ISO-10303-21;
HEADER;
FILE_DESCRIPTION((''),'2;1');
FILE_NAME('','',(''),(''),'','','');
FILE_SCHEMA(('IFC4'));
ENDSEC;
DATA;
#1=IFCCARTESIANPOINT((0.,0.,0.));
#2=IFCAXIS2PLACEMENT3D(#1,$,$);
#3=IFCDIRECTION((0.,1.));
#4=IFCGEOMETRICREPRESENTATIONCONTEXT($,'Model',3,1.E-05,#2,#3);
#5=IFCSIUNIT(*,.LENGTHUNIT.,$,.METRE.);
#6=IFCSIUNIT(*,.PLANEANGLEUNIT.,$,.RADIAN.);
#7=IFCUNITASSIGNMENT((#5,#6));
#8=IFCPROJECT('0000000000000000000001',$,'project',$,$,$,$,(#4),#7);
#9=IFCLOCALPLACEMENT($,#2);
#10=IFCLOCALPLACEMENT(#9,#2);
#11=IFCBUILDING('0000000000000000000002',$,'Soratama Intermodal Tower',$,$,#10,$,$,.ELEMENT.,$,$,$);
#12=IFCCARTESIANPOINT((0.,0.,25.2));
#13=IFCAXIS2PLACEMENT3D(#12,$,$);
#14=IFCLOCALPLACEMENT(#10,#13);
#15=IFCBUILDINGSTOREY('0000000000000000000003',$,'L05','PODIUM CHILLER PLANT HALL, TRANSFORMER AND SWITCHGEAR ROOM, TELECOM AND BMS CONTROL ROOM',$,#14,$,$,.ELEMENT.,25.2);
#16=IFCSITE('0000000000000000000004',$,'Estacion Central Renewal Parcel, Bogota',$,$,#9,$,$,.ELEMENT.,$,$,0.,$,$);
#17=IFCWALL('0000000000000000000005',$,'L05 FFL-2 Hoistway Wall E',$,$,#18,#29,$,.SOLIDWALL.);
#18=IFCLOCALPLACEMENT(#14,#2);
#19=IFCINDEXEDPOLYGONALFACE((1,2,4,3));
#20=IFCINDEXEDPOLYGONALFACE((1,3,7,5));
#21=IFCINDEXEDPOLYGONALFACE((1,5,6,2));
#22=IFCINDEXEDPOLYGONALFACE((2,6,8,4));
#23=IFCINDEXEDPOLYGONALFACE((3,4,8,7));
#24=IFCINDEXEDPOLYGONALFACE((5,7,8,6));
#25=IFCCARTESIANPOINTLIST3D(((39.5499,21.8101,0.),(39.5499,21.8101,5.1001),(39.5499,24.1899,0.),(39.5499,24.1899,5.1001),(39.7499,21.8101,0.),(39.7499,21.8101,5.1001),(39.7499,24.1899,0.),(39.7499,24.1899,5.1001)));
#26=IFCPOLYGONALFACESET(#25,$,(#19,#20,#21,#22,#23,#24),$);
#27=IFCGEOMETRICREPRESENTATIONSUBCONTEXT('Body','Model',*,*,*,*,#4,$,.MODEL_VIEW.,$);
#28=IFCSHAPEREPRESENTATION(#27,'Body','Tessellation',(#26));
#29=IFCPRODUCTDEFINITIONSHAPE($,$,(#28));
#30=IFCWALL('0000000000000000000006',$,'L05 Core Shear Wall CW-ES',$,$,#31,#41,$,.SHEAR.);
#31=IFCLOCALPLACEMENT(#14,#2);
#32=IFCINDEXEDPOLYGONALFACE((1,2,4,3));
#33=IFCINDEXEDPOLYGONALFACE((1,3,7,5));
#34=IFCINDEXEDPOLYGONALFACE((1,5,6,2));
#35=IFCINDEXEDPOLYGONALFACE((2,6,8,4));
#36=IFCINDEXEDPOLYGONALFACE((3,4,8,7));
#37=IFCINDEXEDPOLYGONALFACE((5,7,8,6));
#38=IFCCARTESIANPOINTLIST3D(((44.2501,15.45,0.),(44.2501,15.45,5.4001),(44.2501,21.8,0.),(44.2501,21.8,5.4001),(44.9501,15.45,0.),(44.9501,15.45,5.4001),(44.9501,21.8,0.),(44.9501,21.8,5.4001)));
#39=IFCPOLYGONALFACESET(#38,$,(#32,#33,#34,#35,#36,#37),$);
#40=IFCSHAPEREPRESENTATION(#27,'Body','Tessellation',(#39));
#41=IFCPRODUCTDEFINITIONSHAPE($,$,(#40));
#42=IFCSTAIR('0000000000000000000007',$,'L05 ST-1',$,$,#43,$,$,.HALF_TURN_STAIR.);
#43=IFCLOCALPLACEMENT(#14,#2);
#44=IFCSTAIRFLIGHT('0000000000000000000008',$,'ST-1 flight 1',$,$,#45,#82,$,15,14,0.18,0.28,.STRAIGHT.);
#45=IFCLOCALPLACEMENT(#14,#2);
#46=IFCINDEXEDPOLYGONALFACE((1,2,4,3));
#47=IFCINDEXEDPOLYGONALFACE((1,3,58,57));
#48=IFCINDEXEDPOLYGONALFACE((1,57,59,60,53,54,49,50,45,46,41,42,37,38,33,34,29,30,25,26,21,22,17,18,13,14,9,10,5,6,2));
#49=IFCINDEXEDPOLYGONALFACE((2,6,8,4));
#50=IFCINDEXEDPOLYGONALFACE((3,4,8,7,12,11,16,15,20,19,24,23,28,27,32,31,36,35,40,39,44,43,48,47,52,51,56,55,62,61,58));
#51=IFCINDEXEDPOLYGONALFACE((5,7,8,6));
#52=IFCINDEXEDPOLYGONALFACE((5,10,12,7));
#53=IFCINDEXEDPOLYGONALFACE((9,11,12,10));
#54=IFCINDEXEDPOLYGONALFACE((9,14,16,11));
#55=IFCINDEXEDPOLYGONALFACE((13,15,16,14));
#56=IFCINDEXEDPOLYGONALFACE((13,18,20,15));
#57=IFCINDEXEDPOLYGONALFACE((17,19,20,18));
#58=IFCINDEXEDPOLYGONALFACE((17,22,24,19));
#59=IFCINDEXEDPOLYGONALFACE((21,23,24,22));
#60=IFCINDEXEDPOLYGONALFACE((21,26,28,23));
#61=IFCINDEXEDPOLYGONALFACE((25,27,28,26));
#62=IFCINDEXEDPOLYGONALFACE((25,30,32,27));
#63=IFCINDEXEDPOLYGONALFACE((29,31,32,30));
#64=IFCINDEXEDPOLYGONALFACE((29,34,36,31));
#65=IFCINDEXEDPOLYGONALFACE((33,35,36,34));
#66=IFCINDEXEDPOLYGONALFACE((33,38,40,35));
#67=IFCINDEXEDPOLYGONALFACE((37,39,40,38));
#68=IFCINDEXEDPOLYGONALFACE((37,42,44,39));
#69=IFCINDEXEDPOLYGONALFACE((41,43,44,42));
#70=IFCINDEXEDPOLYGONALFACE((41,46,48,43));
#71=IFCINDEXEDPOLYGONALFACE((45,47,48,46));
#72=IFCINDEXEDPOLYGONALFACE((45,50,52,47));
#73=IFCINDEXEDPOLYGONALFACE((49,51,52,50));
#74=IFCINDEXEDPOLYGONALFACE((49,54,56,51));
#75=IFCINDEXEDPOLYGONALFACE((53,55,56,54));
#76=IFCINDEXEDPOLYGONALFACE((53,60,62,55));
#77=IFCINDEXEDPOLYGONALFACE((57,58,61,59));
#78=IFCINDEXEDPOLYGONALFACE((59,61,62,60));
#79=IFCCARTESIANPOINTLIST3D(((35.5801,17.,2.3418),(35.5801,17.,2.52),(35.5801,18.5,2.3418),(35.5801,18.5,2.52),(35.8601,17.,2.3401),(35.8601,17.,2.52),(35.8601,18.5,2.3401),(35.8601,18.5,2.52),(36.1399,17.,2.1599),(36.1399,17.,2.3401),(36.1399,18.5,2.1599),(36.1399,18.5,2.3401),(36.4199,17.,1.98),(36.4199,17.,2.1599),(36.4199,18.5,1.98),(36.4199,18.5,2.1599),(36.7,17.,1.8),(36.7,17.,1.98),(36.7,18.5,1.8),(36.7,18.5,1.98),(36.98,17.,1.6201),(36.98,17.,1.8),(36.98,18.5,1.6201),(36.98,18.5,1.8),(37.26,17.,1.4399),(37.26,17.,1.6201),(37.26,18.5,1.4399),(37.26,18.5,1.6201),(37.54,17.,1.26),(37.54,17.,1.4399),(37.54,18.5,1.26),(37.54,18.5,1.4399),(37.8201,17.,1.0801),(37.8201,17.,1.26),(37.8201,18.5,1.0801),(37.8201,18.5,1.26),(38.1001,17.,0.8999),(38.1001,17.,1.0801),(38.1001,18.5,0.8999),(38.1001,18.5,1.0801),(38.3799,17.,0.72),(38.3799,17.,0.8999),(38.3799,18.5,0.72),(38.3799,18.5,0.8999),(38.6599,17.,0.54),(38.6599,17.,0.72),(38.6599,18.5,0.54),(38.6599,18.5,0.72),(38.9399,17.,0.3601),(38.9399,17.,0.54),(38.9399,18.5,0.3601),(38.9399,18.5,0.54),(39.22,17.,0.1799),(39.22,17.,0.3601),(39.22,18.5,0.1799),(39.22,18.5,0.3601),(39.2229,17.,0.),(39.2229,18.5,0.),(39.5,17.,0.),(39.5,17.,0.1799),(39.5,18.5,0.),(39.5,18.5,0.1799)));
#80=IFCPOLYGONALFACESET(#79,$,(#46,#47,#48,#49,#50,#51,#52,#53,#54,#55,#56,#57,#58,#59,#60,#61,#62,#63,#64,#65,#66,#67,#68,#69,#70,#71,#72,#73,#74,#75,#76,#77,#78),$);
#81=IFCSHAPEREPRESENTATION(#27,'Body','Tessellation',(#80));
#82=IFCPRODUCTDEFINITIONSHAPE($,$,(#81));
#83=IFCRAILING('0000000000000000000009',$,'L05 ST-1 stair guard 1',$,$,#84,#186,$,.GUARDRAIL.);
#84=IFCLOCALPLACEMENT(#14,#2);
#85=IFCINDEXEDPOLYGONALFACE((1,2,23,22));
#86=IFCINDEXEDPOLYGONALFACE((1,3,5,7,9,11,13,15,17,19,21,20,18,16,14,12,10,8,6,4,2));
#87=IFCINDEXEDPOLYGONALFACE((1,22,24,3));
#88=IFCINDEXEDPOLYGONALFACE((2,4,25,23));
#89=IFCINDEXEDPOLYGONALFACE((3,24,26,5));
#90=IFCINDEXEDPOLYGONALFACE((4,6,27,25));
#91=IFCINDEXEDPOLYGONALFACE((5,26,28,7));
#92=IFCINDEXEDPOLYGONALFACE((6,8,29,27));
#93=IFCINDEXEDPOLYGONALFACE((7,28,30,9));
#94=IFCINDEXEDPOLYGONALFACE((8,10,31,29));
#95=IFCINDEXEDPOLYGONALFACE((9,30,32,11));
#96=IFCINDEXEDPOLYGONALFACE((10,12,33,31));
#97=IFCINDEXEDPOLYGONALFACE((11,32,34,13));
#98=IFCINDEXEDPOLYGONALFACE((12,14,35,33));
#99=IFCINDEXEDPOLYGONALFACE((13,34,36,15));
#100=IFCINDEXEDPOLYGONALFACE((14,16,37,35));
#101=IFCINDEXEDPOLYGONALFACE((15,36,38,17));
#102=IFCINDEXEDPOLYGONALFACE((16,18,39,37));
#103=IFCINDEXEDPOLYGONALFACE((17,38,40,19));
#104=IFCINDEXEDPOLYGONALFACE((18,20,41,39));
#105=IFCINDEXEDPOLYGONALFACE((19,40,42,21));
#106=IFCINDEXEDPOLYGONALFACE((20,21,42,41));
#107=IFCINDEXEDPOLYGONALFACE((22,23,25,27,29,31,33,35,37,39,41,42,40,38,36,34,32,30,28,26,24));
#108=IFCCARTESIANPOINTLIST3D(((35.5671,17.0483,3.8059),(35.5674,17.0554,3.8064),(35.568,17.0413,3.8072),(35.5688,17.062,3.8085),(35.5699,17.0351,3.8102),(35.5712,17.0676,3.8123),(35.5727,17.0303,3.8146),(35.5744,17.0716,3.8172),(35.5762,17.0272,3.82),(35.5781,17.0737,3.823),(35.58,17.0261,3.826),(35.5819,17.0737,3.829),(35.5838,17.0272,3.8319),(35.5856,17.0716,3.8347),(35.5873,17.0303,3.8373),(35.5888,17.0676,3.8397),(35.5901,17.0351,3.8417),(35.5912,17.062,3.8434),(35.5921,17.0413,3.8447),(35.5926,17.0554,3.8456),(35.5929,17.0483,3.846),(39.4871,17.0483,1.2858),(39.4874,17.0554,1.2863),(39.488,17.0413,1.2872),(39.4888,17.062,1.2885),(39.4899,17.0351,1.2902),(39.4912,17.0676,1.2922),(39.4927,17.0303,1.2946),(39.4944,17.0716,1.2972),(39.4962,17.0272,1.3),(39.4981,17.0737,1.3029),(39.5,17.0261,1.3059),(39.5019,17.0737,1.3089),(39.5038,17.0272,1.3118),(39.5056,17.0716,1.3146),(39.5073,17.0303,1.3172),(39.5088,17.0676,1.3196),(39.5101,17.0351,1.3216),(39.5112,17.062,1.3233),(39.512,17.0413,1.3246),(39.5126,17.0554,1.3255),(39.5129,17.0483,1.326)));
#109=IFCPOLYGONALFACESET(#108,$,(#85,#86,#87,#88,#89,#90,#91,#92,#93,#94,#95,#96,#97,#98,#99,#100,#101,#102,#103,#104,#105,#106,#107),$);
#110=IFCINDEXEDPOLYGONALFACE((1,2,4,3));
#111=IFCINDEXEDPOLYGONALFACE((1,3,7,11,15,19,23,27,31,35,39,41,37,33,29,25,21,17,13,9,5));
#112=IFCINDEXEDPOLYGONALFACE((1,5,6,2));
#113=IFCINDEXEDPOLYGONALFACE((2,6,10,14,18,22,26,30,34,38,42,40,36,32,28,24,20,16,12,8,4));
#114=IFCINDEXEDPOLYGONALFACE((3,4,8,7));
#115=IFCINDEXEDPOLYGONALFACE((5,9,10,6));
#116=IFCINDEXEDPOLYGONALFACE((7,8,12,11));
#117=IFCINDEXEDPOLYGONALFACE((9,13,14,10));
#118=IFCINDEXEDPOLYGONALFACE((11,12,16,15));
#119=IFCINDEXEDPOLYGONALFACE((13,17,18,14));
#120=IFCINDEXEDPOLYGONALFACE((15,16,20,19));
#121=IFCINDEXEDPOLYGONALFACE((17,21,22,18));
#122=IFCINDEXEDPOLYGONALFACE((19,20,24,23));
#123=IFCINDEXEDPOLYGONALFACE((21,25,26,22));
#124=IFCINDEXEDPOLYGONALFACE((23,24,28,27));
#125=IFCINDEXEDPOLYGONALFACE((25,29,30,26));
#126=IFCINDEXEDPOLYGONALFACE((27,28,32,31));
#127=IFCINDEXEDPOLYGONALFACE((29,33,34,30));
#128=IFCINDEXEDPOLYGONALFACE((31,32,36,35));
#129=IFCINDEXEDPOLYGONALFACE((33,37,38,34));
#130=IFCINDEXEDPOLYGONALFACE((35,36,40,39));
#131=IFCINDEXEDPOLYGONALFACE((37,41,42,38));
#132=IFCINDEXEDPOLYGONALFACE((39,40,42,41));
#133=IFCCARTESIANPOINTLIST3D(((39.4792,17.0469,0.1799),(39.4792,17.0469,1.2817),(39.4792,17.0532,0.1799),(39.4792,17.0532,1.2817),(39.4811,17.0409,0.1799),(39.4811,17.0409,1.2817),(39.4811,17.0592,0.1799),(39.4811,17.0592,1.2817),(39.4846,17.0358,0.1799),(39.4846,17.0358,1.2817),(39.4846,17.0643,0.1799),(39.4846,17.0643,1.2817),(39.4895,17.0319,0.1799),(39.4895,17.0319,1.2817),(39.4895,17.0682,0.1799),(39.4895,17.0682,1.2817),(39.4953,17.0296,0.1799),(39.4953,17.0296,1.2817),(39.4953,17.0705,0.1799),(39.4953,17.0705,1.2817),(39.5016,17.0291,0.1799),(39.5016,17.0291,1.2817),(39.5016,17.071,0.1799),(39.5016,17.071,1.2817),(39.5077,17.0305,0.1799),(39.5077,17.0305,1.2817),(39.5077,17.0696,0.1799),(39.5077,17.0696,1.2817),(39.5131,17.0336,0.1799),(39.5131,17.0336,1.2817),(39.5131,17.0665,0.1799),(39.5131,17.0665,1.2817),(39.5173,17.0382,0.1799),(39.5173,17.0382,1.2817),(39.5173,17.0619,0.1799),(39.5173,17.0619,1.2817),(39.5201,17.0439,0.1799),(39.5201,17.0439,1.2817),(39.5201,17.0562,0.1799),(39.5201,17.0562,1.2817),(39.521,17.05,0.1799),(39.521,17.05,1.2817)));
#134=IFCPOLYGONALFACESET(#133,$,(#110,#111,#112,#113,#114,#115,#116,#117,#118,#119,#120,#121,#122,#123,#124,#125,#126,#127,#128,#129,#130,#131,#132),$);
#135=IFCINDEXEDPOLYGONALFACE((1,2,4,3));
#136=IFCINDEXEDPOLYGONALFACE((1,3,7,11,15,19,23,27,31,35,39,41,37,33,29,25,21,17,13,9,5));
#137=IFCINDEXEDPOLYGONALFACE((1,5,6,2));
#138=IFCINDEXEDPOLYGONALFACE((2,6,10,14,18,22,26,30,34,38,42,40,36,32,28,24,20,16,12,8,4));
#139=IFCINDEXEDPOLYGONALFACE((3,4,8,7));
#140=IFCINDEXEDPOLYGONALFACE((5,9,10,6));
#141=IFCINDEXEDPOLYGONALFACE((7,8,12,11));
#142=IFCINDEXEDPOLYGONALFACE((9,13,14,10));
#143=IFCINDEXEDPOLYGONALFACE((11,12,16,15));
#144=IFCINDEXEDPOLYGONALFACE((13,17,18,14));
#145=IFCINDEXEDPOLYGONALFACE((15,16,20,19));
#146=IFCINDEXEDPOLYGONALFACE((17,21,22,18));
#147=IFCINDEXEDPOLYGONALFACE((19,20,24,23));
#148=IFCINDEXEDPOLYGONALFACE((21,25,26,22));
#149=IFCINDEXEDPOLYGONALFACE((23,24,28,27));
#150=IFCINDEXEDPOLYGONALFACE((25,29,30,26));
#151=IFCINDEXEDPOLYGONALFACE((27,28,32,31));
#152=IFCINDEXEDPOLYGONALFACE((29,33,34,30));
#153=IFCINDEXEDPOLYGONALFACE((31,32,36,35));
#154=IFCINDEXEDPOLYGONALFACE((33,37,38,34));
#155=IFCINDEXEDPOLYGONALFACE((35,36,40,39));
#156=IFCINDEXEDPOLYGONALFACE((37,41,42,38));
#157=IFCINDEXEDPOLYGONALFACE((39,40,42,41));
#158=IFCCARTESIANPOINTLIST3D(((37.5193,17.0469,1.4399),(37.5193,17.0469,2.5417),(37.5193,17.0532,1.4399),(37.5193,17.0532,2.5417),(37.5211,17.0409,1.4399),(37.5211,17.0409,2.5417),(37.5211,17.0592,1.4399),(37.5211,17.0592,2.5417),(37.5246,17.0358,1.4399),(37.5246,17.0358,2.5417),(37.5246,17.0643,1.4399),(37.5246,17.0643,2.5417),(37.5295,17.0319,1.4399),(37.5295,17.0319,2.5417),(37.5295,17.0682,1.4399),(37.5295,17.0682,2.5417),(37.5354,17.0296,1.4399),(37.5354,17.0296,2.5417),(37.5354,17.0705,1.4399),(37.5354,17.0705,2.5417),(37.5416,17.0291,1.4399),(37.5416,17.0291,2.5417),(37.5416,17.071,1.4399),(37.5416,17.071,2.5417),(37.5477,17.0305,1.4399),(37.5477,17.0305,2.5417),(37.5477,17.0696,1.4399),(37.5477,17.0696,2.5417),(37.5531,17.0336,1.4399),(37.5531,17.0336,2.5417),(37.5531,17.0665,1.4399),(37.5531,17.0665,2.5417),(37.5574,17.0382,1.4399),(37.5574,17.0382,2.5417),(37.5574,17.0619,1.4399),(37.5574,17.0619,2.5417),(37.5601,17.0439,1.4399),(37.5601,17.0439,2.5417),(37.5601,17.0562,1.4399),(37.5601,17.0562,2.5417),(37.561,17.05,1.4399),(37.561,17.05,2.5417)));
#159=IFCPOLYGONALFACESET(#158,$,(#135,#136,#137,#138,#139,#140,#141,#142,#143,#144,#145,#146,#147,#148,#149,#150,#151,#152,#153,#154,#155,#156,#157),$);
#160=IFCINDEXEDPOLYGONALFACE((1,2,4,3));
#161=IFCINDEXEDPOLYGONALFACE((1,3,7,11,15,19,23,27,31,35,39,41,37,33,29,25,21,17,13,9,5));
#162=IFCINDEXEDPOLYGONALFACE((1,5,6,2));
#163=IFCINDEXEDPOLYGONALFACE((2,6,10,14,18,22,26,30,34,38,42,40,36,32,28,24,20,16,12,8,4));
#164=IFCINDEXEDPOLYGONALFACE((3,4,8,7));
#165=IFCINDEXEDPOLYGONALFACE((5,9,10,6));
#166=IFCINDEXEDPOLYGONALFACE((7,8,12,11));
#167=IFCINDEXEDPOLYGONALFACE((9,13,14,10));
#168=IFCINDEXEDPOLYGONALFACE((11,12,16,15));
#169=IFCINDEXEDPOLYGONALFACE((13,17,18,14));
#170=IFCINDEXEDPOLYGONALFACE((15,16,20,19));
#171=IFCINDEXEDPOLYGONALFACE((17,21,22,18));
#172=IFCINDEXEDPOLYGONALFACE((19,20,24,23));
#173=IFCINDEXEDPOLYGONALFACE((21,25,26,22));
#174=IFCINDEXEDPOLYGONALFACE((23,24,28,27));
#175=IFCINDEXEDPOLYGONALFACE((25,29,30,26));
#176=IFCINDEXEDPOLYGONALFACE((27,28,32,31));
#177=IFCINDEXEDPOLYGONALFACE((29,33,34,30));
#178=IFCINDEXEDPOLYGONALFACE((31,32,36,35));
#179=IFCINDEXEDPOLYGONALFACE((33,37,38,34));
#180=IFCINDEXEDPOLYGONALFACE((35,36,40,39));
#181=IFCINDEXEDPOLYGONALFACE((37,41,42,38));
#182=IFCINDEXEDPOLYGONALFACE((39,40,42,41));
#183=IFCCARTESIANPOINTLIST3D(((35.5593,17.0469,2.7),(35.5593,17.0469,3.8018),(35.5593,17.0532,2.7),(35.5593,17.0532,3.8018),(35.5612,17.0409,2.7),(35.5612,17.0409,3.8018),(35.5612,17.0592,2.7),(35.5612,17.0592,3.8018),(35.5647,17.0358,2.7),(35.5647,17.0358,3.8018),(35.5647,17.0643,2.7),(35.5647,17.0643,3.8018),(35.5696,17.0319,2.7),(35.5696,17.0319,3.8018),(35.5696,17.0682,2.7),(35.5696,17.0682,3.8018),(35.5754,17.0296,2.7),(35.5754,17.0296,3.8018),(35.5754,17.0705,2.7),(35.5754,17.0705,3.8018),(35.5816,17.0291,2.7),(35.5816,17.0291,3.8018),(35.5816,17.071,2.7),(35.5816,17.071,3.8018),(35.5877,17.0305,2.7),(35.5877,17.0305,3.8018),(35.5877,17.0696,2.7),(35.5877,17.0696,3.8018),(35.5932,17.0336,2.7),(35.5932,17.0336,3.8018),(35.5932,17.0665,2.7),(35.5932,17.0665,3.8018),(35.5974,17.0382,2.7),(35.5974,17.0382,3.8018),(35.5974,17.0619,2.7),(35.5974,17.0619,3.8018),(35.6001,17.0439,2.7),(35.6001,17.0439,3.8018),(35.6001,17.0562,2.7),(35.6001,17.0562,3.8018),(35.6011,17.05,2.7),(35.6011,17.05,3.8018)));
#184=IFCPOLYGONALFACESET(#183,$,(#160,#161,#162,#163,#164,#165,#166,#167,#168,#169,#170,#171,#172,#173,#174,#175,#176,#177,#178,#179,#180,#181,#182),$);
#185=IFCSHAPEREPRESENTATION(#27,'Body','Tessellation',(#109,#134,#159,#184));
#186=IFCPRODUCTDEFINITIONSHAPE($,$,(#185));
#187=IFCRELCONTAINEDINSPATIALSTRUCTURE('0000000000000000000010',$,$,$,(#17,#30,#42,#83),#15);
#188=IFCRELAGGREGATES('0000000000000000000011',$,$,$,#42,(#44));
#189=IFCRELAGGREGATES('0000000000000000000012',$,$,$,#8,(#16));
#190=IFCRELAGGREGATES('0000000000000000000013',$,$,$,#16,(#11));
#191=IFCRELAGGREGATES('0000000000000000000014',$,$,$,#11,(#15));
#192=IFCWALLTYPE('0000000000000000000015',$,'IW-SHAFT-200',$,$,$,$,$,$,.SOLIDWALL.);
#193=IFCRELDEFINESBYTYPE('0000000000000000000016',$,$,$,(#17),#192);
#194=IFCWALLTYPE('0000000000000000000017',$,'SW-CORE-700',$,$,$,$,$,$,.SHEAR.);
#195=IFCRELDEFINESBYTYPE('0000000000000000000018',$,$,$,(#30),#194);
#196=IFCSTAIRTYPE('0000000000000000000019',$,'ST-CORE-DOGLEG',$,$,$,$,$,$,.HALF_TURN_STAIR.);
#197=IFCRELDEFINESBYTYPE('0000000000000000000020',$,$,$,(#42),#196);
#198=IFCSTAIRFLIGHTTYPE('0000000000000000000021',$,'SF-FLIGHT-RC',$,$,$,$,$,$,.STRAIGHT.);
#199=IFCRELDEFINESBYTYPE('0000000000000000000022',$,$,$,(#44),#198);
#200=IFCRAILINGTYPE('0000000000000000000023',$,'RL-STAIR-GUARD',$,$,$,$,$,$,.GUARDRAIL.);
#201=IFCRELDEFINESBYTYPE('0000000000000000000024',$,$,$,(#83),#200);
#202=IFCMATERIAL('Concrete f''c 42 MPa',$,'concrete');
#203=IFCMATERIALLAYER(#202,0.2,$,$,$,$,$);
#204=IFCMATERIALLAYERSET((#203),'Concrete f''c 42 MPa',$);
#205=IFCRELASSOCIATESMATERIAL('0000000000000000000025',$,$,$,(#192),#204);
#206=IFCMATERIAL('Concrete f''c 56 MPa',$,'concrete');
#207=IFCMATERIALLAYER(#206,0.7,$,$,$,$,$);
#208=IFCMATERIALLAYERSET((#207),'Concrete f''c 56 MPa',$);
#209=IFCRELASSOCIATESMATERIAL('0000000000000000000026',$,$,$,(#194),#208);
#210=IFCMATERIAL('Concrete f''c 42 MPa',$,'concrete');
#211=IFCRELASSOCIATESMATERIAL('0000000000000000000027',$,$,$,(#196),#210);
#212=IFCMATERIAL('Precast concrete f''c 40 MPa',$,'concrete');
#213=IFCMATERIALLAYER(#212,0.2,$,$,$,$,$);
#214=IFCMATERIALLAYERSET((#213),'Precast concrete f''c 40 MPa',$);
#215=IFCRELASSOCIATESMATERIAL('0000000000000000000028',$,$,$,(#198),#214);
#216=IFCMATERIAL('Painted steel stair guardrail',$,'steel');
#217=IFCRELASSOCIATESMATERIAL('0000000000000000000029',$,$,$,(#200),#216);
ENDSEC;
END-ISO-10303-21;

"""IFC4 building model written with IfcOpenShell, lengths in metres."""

from ifc_helpers import new_model, si_unit, direction, frame, frame_2d, origin, origin_2d, place, context, subcontext, project, spatial, polyline, rectangle, circle, outline, extrude, material, layer, layer_set, type_object, element, aggregate, save


model = new_model("IFC4")

# Units and contexts
model_context = context("Model", 3, precision=1e-05, world=origin(), true_north=direction((0.0, 1.0)))
body_context = subcontext(model_context, "Body", "Model", "MODEL_VIEW")
ifc_project = project(units=[si_unit("LENGTHUNIT", "METRE"), si_unit("PLANEANGLEUNIT", "RADIAN")], contexts=[model_context])

# Site, building, storey
site_placement = place(None, origin())
site = spatial("IfcSite", under=ifc_project, at=site_placement, Name="Estacion Central Renewal Parcel, Bogota", CompositionType="ELEMENT", RefElevation=0.0)
building_placement = place(site_placement, origin())
building = spatial("IfcBuilding", under=site, at=building_placement, Name="Soratama Intermodal Tower", CompositionType="ELEMENT")
storey_placement = place(building_placement, frame((0.0, 0.0, 25.2)))
storey = spatial("IfcBuildingStorey", under=building, at=storey_placement, Name="L05", Description="PODIUM CHILLER PLANT HALL, TRANSFORMER AND SWITCHGEAR ROOM, TELECOM AND BMS CONTROL ROOM", CompositionType="ELEMENT", Elevation=25.2)

# Shared definitions
ifc_material_1 = material(Name="Concrete f'c 42 MPa", Category="concrete")
ifc_layer_1 = layer(ifc_material_1, 0.2)
ifc_layer_set_1 = layer_set([ifc_layer_1], Name="Concrete f'c 42 MPa")
wall_type_1 = type_object("IfcWallType", Name="IW-SHAFT-200", PredefinedType="SOLIDWALL", material=ifc_layer_set_1)

# Walls
wall_1_placement = place(storey_placement, frame((39.6499, 21.8101, 0.0), z_axis=(0.0, 0.0, 1.0), x_axis=(0.0, 1.0, 0.0)))
element("IfcWall", 1, at=wall_1_placement, inside=storey, type_object=wall_type_1, Name="L05 FFL-2 Hoistway Wall E", PredefinedType="SOLIDWALL", context=body_context, shape_type="SweptSolid", body=[
    extrude(rectangle(XDim=2.3799, YDim=0.2, at=frame_2d((1.1899, 0.0))), origin(), (0.0, 0.0, 1.0), 5.1001),
])
ifc_material_2 = material(Name="Concrete f'c 56 MPa", Category="concrete")
ifc_layer_2 = layer(ifc_material_2, 0.7)
ifc_layer_set_2 = layer_set([ifc_layer_2], Name="Concrete f'c 56 MPa")
wall_type_2 = type_object("IfcWallType", Name="SW-CORE-700", PredefinedType="SHEAR", material=ifc_layer_set_2)
wall_2_placement = place(storey_placement, frame((44.6001, 15.45, 0.0), z_axis=(0.0, 0.0, 1.0), x_axis=(0.0, 1.0, 0.0)))
element("IfcWall", 2, at=wall_2_placement, inside=storey, type_object=wall_type_2, Name="L05 Core Shear Wall CW-ES", PredefinedType="SHEAR", context=body_context, shape_type="SweptSolid", body=[
    extrude(rectangle(XDim=6.3501, YDim=0.7, at=frame_2d((3.175, 0.0))), origin(), (0.0, 0.0, 1.0), 5.4001),
])

# Stair, stair flight
ifc_material_3 = material(Name="Concrete f'c 42 MPa", Category="concrete")
stair_type = type_object("IfcStairType", Name="ST-CORE-DOGLEG", PredefinedType="HALF_TURN_STAIR", material=ifc_material_3)
stair_placement = place(storey_placement, origin())
stair = element("IfcStair", 3, at=stair_placement, inside=storey, type_object=stair_type, Name="L05 ST-1", PredefinedType="HALF_TURN_STAIR")
ifc_material_4 = material(Name="Precast concrete f'c 40 MPa", Category="concrete")
ifc_layer_3 = layer(ifc_material_4, 0.2)
ifc_layer_set_3 = layer_set([ifc_layer_3], Name="Precast concrete f'c 40 MPa")
stair_flight_type = type_object("IfcStairFlightType", Name="SF-FLIGHT-RC", PredefinedType="STRAIGHT", material=ifc_layer_set_3)
stair_flight_placement = place(storey_placement, frame((39.5, 17.75, 0.0), z_axis=(0.0, 0.0, 1.0), x_axis=(-1.0, 0.0, 0.0)))
stair_flight = element("IfcStairFlight", 4, at=stair_flight_placement, type_object=stair_flight_type, Name="ST-1 flight 1", NumberOfRisers=15, NumberOfTreads=14, PredefinedType="STRAIGHT", RiserHeight=0.18, TreadLength=0.28, context=body_context, shape_type="SweptSolid", body=[
    extrude(outline(polyline([(0.0, 0.0), (0.0, 0.1799), (0.28, 0.1799), (0.28, 0.3601), (0.5601, 0.3601), (0.5601, 0.54), (0.8401, 0.54), (0.8401, 0.72), (1.1201, 0.72), (1.1201, 0.8999), (1.3999, 0.8999), (1.3999, 1.0801), (1.6799, 1.0801), (1.6799, 1.26), (1.96, 1.26), (1.96, 1.4399), (2.24, 1.4399), (2.24, 1.6201), (2.52, 1.6201), (2.52, 1.8), (2.8, 1.8), (2.8, 1.98), (3.0801, 1.98), (3.0801, 2.1599), (3.3601, 2.1599), (3.3601, 2.3401), (3.6399, 2.3401), (3.6399, 2.52), (3.9199, 2.52), (3.9199, 2.7), (3.9199, 2.3418), (0.2771, 0.0), (0.0, 0.0)])), frame((0.0, 0.75, 0.0), z_axis=(0.0, -1.0, 0.0), x_axis=(1.0, 0.0, 0.0)), (0.0, 0.0, 1.0), 1.5),
])
aggregate(stair, [stair_flight])

# Railing
ifc_material_5 = material(Name="Painted steel stair guardrail", Category="steel")
railing_type_1 = type_object("IfcRailingType", Name="RL-STAIR-GUARD", PredefinedType="GUARDRAIL", material=ifc_material_5)
railing_1_placement = place(storey_placement, frame((39.5, 17.05, 0.1799)))
element("IfcRailing", 5, at=railing_1_placement, inside=storey, type_object=railing_type_1, Name="L05 ST-1 stair guard 1", PredefinedType="GUARDRAIL", context=body_context, shape_type="SweptSolid", body=[
    extrude(circle(Radius=0.0239, at=origin_2d()), frame((0.0, 0.0, 1.126), z_axis=(-0.841172, 0.0, 0.540768), x_axis=(0.0, -1.0, 0.0)), (0.0, 0.0, 1.0), 4.6602),
    extrude(circle(Radius=0.021, at=origin_2d()), origin(), (0.0, 0.0, 1.0), 1.1018),
    extrude(circle(Radius=0.021, at=origin_2d()), frame((-1.96, 0.0, 1.26)), (0.0, 0.0, 1.0), 1.1018),
    extrude(circle(Radius=0.021, at=origin_2d()), frame((-3.9199, 0.0, 2.52)), (0.0, 0.0, 1.0), 1.1018),
])

save(model, "model.ifc")
